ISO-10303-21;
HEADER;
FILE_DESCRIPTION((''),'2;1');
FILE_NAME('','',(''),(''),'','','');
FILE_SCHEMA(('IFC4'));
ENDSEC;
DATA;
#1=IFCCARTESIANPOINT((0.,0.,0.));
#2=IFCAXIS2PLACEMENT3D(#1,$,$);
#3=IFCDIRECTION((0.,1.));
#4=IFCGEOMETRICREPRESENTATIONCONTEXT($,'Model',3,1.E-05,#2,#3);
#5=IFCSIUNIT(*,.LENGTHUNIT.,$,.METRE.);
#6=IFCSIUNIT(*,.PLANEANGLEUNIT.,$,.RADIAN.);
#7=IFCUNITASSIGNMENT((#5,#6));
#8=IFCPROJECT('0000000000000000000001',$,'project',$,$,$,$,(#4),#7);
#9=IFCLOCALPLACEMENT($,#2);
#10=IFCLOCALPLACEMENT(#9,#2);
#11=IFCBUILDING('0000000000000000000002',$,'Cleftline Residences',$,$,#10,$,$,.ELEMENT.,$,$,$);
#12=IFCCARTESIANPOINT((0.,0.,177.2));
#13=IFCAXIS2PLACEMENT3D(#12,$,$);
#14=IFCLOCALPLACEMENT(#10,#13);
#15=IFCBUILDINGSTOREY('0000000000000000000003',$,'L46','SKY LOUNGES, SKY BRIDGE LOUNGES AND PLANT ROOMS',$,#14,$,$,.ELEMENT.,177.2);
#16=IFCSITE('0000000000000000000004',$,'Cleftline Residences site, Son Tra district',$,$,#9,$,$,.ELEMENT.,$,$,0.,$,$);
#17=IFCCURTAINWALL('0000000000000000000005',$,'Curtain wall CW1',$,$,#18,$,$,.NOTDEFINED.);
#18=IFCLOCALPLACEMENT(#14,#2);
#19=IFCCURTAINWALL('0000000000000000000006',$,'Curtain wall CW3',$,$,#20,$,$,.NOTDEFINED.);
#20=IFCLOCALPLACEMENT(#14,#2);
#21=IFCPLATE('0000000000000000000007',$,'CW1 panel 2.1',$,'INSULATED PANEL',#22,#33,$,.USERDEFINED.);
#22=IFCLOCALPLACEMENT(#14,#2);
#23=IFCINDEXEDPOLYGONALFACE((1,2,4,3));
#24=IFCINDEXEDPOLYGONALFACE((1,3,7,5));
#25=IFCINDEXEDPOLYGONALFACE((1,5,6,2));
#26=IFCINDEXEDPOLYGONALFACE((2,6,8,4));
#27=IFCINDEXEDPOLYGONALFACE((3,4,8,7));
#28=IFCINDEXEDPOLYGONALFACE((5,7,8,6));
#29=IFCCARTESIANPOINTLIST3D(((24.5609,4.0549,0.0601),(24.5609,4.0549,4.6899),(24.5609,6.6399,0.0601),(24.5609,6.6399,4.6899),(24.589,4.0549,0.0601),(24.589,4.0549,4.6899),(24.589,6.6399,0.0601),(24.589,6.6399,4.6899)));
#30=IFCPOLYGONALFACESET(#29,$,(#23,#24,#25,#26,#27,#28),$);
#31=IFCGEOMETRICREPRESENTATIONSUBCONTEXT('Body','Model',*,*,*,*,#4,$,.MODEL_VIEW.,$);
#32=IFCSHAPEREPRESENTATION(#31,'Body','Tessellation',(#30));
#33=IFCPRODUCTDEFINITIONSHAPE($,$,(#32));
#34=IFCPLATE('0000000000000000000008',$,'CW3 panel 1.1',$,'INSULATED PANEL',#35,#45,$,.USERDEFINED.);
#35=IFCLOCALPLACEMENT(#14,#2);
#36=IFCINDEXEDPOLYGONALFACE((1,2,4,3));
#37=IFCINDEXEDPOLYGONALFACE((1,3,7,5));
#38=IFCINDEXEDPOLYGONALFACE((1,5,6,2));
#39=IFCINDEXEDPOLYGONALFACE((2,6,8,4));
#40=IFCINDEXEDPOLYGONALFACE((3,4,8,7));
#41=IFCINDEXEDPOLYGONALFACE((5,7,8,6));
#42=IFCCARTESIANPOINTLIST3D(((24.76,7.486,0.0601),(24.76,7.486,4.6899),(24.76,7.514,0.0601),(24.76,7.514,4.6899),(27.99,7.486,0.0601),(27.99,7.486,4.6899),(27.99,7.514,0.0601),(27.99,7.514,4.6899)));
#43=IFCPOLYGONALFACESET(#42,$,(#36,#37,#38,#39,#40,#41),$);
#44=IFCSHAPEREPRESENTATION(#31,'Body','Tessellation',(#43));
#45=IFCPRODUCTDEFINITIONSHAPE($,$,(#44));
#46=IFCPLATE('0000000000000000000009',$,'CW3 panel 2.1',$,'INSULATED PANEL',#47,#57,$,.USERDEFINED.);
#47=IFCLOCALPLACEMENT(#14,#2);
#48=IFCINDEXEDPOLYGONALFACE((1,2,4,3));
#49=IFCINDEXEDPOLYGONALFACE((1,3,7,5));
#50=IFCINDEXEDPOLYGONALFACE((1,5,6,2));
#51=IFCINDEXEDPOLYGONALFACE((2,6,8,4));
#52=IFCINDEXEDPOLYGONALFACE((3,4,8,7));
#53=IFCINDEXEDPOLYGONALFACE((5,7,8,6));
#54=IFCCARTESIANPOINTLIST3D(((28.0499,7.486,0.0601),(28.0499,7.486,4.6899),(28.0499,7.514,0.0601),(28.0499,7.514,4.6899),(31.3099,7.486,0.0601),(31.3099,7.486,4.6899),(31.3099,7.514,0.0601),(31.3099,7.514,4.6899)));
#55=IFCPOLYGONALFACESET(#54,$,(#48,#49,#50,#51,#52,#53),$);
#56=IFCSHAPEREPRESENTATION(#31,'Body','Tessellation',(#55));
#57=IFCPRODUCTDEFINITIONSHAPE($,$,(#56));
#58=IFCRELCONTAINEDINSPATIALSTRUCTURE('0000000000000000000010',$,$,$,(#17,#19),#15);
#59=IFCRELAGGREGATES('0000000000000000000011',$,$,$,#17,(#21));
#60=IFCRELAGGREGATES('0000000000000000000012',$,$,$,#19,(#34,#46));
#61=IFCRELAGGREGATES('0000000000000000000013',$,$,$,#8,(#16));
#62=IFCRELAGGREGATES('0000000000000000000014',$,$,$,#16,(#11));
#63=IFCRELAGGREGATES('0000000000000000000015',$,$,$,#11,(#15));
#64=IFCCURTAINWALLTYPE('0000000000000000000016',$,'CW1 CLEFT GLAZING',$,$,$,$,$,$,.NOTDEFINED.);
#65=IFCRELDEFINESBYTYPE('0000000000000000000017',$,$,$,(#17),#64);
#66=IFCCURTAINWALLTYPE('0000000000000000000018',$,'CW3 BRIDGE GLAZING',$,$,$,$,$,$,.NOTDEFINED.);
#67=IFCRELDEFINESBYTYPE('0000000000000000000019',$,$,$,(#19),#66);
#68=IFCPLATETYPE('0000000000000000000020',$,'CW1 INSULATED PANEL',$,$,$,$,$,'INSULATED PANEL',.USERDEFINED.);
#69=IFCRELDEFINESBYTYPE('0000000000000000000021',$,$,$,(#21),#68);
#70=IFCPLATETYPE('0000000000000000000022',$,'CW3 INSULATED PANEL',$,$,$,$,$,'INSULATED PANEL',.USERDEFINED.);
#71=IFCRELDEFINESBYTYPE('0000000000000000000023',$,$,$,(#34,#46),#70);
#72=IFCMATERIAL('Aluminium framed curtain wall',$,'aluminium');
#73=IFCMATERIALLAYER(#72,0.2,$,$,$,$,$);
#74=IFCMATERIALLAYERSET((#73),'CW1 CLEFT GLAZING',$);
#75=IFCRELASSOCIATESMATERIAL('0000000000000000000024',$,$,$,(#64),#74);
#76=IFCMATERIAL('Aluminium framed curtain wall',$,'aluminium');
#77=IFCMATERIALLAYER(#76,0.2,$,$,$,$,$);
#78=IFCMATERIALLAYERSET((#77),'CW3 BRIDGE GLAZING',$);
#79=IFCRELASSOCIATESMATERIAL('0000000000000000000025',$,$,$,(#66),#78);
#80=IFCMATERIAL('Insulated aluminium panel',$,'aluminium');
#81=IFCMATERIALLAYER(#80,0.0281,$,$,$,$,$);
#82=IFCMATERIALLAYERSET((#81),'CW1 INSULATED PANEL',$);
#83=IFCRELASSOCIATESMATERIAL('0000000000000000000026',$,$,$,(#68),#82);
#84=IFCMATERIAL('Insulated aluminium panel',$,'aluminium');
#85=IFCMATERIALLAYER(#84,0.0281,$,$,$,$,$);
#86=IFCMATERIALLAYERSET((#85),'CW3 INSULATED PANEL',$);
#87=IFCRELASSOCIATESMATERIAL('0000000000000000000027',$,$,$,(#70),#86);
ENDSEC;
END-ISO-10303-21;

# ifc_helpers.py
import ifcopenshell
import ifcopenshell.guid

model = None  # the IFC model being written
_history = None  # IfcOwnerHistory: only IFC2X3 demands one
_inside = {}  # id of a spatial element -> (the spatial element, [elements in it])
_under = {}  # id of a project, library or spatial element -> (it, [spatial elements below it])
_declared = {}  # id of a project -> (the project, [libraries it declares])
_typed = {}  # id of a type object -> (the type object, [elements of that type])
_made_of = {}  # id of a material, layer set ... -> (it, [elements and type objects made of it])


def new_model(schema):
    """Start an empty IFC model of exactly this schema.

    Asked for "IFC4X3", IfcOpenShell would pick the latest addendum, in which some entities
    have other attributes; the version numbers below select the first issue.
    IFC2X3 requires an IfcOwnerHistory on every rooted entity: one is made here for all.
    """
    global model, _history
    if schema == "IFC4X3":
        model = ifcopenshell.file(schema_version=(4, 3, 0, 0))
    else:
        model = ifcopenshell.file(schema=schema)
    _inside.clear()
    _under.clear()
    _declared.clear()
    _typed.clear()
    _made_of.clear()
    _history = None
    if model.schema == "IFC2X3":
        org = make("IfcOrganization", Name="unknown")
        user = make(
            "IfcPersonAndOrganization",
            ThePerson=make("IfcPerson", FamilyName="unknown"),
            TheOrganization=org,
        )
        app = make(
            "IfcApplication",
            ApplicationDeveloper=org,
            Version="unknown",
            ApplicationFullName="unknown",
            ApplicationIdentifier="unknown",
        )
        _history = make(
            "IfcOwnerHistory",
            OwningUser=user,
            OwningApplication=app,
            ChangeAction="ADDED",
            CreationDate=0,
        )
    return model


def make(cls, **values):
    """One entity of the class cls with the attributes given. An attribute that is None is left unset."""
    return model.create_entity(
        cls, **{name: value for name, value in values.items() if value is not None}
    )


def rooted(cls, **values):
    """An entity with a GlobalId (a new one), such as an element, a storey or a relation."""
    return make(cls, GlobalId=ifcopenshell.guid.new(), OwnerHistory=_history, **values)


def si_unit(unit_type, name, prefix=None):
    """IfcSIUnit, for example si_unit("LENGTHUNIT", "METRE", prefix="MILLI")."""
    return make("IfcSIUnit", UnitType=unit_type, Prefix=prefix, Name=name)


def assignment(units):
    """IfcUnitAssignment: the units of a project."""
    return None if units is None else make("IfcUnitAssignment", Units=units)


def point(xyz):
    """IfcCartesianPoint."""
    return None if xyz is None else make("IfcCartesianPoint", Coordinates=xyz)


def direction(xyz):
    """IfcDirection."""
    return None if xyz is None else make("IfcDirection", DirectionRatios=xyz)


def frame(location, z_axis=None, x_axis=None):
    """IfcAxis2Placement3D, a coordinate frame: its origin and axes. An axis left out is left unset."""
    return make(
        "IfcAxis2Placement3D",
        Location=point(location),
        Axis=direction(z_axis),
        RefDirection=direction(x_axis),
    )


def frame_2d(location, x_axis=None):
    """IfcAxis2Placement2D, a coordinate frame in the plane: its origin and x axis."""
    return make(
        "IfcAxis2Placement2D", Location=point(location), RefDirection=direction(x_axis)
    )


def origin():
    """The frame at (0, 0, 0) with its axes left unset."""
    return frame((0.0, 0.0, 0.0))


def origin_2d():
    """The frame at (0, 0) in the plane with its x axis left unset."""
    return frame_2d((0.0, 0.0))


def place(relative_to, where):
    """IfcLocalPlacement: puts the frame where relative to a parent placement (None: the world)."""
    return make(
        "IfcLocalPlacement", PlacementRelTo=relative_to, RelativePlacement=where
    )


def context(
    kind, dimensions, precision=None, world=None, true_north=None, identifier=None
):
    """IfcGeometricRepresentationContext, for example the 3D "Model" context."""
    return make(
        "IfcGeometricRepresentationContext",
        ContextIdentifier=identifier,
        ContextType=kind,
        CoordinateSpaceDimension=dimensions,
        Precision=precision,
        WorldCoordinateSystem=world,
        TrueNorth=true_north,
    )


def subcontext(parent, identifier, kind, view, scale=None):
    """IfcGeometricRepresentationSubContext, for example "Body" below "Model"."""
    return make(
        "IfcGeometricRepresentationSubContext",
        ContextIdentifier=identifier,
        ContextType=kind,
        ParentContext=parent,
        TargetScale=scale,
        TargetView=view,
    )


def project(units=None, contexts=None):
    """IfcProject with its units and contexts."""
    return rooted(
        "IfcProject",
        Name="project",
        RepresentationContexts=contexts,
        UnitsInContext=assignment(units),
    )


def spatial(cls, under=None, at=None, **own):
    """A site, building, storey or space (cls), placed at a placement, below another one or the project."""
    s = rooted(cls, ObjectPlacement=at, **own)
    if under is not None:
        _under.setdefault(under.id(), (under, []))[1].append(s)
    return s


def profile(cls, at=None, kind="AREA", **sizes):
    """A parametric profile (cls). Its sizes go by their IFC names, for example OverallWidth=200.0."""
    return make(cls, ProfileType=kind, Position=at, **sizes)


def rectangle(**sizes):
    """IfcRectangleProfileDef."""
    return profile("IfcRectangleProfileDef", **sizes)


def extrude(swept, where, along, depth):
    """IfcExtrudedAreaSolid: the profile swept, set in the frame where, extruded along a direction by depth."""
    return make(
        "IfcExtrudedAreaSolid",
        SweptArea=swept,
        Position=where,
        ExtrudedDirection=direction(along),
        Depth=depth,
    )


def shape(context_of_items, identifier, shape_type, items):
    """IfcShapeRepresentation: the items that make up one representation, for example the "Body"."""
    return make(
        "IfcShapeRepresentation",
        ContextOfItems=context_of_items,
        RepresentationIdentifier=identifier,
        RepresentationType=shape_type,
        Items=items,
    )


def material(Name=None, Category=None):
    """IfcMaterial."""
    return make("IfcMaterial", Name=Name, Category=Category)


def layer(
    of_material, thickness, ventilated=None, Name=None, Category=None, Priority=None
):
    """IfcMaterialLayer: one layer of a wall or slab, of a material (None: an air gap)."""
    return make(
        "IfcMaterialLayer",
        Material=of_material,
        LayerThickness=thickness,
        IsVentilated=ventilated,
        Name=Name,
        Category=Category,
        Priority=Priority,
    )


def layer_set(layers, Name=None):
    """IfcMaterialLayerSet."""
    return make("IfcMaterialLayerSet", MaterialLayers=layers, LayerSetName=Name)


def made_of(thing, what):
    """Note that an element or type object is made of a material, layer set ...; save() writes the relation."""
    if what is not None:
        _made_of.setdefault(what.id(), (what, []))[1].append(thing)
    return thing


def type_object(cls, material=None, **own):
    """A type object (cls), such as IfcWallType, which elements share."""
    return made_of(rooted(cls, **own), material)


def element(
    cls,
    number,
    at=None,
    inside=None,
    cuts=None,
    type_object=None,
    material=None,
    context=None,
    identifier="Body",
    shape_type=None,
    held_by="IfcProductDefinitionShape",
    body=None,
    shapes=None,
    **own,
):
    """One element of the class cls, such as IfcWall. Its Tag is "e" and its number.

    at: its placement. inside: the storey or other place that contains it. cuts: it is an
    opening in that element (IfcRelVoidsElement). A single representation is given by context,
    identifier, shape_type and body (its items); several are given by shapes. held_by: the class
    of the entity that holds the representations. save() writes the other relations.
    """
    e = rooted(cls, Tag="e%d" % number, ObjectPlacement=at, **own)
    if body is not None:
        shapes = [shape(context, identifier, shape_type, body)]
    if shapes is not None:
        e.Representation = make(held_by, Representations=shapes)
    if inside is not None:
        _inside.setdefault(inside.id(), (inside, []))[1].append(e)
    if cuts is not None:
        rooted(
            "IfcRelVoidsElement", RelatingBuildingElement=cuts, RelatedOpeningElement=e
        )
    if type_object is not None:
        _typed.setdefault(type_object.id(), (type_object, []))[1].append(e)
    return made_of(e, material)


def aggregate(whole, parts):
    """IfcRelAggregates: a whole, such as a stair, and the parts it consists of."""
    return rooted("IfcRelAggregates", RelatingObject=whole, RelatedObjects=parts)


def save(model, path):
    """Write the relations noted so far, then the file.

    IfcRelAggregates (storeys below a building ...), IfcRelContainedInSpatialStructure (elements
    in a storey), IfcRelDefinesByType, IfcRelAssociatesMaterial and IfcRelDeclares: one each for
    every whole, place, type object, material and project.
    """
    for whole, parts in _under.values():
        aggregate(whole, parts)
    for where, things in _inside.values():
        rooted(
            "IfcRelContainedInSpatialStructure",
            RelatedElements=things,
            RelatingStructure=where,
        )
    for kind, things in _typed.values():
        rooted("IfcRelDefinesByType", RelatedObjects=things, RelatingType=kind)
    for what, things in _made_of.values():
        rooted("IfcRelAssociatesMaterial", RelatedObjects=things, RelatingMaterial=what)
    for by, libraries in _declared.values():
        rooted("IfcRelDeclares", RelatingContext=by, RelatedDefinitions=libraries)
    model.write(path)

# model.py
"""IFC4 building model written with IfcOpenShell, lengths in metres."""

from ifc_helpers import new_model, si_unit, direction, frame, origin, origin_2d, place, context, subcontext, project, spatial, rectangle, extrude, material, layer, layer_set, type_object, element, aggregate, save


model = new_model("IFC4")

# Units and contexts
model_context = context("Model", 3, precision=1e-05, world=origin(), true_north=direction((0.0, 1.0)))
body_context = subcontext(model_context, "Body", "Model", "MODEL_VIEW")
ifc_project = project(units=[si_unit("LENGTHUNIT", "METRE"), si_unit("PLANEANGLEUNIT", "RADIAN")], contexts=[model_context])

# Site, building, storey
site_placement = place(None, origin())
site = spatial("IfcSite", under=ifc_project, at=site_placement, Name="Cleftline Residences site, Son Tra district", CompositionType="ELEMENT", RefElevation=0.0)
building_placement = place(site_placement, origin())
building = spatial("IfcBuilding", under=site, at=building_placement, Name="Cleftline Residences", CompositionType="ELEMENT")
storey_placement = place(building_placement, frame((0.0, 0.0, 177.2)))
storey = spatial("IfcBuildingStorey", under=building, at=storey_placement, Name="L46", Description="SKY LOUNGES, SKY BRIDGE LOUNGES AND PLANT ROOMS", CompositionType="ELEMENT", Elevation=177.2)

# Curtain walls
ifc_material_1 = material(Name="Aluminium framed curtain wall", Category="aluminium")
ifc_layer_1 = layer(ifc_material_1, 0.2)
ifc_layer_set_1 = layer_set([ifc_layer_1], Name="CW1 CLEFT GLAZING")
curtain_wall_type_1 = type_object("IfcCurtainWallType", Name="CW1 CLEFT GLAZING", PredefinedType="NOTDEFINED", material=ifc_layer_set_1)
curtain_wall_1_placement = place(storey_placement, origin())
curtain_wall_1 = element("IfcCurtainWall", 1, at=curtain_wall_1_placement, inside=storey, type_object=curtain_wall_type_1, Name="Curtain wall CW1", PredefinedType="NOTDEFINED")
ifc_material_2 = material(Name="Aluminium framed curtain wall", Category="aluminium")
ifc_layer_2 = layer(ifc_material_2, 0.2)
ifc_layer_set_2 = layer_set([ifc_layer_2], Name="CW3 BRIDGE GLAZING")
curtain_wall_type_2 = type_object("IfcCurtainWallType", Name="CW3 BRIDGE GLAZING", PredefinedType="NOTDEFINED", material=ifc_layer_set_2)
curtain_wall_2_placement = place(storey_placement, origin())
curtain_wall_2 = element("IfcCurtainWall", 2, at=curtain_wall_2_placement, inside=storey, type_object=curtain_wall_type_2, Name="Curtain wall CW3", PredefinedType="NOTDEFINED")

# Plates
ifc_material_3 = material(Name="Insulated aluminium panel", Category="aluminium")
ifc_layer_3 = layer(ifc_material_3, 0.0281)
ifc_layer_set_3 = layer_set([ifc_layer_3], Name="CW1 INSULATED PANEL")
plate_type_1 = type_object("IfcPlateType", Name="CW1 INSULATED PANEL", ElementType="INSULATED PANEL", PredefinedType="USERDEFINED", material=ifc_layer_set_3)
plate_1_placement = place(storey_placement, frame((24.575, 5.3474, 0.0601), z_axis=(0.0, 0.0, 1.0), x_axis=(0.0, 1.0, 0.0)))
plate_1 = element("IfcPlate", 3, at=plate_1_placement, type_object=plate_type_1, Name="CW1 panel 2.1", ObjectType="INSULATED PANEL", PredefinedType="USERDEFINED", context=body_context, shape_type="SweptSolid", body=[
    extrude(rectangle(XDim=2.585, YDim=0.0281, at=origin_2d()), origin(), (0.0, 0.0, 1.0), 4.6299),
])
aggregate(curtain_wall_1, [plate_1])
ifc_material_4 = material(Name="Insulated aluminium panel", Category="aluminium")
ifc_layer_4 = layer(ifc_material_4, 0.0281)
ifc_layer_set_4 = layer_set([ifc_layer_4], Name="CW3 INSULATED PANEL")
plate_type_2 = type_object("IfcPlateType", Name="CW3 INSULATED PANEL", ElementType="INSULATED PANEL", PredefinedType="USERDEFINED", material=ifc_layer_set_4)
plate_2_placement = place(storey_placement, frame((26.375, 7.5, 0.0601), z_axis=(0.0, 0.0, 1.0), x_axis=(1.0, 0.0, 0.0)))
plate_2 = element("IfcPlate", 4, at=plate_2_placement, type_object=plate_type_2, Name="CW3 panel 1.1", ObjectType="INSULATED PANEL", PredefinedType="USERDEFINED", context=body_context, shape_type="SweptSolid", body=[
    extrude(rectangle(XDim=3.23, YDim=0.0281, at=origin_2d()), origin(), (0.0, 0.0, 1.0), 4.6299),
])
plate_3_placement = place(storey_placement, frame((29.6799, 7.5, 0.0601), z_axis=(0.0, 0.0, 1.0), x_axis=(1.0, 0.0, 0.0)))
plate_3 = element("IfcPlate", 5, at=plate_3_placement, type_object=plate_type_2, Name="CW3 panel 2.1", ObjectType="INSULATED PANEL", PredefinedType="USERDEFINED", context=body_context, shape_type="SweptSolid", body=[
    extrude(rectangle(XDim=3.26, YDim=0.0281, at=origin_2d()), origin(), (0.0, 0.0, 1.0), 4.6299),
])
aggregate(curtain_wall_2, [plate_2, plate_3])

save(model, "model.ifc")
